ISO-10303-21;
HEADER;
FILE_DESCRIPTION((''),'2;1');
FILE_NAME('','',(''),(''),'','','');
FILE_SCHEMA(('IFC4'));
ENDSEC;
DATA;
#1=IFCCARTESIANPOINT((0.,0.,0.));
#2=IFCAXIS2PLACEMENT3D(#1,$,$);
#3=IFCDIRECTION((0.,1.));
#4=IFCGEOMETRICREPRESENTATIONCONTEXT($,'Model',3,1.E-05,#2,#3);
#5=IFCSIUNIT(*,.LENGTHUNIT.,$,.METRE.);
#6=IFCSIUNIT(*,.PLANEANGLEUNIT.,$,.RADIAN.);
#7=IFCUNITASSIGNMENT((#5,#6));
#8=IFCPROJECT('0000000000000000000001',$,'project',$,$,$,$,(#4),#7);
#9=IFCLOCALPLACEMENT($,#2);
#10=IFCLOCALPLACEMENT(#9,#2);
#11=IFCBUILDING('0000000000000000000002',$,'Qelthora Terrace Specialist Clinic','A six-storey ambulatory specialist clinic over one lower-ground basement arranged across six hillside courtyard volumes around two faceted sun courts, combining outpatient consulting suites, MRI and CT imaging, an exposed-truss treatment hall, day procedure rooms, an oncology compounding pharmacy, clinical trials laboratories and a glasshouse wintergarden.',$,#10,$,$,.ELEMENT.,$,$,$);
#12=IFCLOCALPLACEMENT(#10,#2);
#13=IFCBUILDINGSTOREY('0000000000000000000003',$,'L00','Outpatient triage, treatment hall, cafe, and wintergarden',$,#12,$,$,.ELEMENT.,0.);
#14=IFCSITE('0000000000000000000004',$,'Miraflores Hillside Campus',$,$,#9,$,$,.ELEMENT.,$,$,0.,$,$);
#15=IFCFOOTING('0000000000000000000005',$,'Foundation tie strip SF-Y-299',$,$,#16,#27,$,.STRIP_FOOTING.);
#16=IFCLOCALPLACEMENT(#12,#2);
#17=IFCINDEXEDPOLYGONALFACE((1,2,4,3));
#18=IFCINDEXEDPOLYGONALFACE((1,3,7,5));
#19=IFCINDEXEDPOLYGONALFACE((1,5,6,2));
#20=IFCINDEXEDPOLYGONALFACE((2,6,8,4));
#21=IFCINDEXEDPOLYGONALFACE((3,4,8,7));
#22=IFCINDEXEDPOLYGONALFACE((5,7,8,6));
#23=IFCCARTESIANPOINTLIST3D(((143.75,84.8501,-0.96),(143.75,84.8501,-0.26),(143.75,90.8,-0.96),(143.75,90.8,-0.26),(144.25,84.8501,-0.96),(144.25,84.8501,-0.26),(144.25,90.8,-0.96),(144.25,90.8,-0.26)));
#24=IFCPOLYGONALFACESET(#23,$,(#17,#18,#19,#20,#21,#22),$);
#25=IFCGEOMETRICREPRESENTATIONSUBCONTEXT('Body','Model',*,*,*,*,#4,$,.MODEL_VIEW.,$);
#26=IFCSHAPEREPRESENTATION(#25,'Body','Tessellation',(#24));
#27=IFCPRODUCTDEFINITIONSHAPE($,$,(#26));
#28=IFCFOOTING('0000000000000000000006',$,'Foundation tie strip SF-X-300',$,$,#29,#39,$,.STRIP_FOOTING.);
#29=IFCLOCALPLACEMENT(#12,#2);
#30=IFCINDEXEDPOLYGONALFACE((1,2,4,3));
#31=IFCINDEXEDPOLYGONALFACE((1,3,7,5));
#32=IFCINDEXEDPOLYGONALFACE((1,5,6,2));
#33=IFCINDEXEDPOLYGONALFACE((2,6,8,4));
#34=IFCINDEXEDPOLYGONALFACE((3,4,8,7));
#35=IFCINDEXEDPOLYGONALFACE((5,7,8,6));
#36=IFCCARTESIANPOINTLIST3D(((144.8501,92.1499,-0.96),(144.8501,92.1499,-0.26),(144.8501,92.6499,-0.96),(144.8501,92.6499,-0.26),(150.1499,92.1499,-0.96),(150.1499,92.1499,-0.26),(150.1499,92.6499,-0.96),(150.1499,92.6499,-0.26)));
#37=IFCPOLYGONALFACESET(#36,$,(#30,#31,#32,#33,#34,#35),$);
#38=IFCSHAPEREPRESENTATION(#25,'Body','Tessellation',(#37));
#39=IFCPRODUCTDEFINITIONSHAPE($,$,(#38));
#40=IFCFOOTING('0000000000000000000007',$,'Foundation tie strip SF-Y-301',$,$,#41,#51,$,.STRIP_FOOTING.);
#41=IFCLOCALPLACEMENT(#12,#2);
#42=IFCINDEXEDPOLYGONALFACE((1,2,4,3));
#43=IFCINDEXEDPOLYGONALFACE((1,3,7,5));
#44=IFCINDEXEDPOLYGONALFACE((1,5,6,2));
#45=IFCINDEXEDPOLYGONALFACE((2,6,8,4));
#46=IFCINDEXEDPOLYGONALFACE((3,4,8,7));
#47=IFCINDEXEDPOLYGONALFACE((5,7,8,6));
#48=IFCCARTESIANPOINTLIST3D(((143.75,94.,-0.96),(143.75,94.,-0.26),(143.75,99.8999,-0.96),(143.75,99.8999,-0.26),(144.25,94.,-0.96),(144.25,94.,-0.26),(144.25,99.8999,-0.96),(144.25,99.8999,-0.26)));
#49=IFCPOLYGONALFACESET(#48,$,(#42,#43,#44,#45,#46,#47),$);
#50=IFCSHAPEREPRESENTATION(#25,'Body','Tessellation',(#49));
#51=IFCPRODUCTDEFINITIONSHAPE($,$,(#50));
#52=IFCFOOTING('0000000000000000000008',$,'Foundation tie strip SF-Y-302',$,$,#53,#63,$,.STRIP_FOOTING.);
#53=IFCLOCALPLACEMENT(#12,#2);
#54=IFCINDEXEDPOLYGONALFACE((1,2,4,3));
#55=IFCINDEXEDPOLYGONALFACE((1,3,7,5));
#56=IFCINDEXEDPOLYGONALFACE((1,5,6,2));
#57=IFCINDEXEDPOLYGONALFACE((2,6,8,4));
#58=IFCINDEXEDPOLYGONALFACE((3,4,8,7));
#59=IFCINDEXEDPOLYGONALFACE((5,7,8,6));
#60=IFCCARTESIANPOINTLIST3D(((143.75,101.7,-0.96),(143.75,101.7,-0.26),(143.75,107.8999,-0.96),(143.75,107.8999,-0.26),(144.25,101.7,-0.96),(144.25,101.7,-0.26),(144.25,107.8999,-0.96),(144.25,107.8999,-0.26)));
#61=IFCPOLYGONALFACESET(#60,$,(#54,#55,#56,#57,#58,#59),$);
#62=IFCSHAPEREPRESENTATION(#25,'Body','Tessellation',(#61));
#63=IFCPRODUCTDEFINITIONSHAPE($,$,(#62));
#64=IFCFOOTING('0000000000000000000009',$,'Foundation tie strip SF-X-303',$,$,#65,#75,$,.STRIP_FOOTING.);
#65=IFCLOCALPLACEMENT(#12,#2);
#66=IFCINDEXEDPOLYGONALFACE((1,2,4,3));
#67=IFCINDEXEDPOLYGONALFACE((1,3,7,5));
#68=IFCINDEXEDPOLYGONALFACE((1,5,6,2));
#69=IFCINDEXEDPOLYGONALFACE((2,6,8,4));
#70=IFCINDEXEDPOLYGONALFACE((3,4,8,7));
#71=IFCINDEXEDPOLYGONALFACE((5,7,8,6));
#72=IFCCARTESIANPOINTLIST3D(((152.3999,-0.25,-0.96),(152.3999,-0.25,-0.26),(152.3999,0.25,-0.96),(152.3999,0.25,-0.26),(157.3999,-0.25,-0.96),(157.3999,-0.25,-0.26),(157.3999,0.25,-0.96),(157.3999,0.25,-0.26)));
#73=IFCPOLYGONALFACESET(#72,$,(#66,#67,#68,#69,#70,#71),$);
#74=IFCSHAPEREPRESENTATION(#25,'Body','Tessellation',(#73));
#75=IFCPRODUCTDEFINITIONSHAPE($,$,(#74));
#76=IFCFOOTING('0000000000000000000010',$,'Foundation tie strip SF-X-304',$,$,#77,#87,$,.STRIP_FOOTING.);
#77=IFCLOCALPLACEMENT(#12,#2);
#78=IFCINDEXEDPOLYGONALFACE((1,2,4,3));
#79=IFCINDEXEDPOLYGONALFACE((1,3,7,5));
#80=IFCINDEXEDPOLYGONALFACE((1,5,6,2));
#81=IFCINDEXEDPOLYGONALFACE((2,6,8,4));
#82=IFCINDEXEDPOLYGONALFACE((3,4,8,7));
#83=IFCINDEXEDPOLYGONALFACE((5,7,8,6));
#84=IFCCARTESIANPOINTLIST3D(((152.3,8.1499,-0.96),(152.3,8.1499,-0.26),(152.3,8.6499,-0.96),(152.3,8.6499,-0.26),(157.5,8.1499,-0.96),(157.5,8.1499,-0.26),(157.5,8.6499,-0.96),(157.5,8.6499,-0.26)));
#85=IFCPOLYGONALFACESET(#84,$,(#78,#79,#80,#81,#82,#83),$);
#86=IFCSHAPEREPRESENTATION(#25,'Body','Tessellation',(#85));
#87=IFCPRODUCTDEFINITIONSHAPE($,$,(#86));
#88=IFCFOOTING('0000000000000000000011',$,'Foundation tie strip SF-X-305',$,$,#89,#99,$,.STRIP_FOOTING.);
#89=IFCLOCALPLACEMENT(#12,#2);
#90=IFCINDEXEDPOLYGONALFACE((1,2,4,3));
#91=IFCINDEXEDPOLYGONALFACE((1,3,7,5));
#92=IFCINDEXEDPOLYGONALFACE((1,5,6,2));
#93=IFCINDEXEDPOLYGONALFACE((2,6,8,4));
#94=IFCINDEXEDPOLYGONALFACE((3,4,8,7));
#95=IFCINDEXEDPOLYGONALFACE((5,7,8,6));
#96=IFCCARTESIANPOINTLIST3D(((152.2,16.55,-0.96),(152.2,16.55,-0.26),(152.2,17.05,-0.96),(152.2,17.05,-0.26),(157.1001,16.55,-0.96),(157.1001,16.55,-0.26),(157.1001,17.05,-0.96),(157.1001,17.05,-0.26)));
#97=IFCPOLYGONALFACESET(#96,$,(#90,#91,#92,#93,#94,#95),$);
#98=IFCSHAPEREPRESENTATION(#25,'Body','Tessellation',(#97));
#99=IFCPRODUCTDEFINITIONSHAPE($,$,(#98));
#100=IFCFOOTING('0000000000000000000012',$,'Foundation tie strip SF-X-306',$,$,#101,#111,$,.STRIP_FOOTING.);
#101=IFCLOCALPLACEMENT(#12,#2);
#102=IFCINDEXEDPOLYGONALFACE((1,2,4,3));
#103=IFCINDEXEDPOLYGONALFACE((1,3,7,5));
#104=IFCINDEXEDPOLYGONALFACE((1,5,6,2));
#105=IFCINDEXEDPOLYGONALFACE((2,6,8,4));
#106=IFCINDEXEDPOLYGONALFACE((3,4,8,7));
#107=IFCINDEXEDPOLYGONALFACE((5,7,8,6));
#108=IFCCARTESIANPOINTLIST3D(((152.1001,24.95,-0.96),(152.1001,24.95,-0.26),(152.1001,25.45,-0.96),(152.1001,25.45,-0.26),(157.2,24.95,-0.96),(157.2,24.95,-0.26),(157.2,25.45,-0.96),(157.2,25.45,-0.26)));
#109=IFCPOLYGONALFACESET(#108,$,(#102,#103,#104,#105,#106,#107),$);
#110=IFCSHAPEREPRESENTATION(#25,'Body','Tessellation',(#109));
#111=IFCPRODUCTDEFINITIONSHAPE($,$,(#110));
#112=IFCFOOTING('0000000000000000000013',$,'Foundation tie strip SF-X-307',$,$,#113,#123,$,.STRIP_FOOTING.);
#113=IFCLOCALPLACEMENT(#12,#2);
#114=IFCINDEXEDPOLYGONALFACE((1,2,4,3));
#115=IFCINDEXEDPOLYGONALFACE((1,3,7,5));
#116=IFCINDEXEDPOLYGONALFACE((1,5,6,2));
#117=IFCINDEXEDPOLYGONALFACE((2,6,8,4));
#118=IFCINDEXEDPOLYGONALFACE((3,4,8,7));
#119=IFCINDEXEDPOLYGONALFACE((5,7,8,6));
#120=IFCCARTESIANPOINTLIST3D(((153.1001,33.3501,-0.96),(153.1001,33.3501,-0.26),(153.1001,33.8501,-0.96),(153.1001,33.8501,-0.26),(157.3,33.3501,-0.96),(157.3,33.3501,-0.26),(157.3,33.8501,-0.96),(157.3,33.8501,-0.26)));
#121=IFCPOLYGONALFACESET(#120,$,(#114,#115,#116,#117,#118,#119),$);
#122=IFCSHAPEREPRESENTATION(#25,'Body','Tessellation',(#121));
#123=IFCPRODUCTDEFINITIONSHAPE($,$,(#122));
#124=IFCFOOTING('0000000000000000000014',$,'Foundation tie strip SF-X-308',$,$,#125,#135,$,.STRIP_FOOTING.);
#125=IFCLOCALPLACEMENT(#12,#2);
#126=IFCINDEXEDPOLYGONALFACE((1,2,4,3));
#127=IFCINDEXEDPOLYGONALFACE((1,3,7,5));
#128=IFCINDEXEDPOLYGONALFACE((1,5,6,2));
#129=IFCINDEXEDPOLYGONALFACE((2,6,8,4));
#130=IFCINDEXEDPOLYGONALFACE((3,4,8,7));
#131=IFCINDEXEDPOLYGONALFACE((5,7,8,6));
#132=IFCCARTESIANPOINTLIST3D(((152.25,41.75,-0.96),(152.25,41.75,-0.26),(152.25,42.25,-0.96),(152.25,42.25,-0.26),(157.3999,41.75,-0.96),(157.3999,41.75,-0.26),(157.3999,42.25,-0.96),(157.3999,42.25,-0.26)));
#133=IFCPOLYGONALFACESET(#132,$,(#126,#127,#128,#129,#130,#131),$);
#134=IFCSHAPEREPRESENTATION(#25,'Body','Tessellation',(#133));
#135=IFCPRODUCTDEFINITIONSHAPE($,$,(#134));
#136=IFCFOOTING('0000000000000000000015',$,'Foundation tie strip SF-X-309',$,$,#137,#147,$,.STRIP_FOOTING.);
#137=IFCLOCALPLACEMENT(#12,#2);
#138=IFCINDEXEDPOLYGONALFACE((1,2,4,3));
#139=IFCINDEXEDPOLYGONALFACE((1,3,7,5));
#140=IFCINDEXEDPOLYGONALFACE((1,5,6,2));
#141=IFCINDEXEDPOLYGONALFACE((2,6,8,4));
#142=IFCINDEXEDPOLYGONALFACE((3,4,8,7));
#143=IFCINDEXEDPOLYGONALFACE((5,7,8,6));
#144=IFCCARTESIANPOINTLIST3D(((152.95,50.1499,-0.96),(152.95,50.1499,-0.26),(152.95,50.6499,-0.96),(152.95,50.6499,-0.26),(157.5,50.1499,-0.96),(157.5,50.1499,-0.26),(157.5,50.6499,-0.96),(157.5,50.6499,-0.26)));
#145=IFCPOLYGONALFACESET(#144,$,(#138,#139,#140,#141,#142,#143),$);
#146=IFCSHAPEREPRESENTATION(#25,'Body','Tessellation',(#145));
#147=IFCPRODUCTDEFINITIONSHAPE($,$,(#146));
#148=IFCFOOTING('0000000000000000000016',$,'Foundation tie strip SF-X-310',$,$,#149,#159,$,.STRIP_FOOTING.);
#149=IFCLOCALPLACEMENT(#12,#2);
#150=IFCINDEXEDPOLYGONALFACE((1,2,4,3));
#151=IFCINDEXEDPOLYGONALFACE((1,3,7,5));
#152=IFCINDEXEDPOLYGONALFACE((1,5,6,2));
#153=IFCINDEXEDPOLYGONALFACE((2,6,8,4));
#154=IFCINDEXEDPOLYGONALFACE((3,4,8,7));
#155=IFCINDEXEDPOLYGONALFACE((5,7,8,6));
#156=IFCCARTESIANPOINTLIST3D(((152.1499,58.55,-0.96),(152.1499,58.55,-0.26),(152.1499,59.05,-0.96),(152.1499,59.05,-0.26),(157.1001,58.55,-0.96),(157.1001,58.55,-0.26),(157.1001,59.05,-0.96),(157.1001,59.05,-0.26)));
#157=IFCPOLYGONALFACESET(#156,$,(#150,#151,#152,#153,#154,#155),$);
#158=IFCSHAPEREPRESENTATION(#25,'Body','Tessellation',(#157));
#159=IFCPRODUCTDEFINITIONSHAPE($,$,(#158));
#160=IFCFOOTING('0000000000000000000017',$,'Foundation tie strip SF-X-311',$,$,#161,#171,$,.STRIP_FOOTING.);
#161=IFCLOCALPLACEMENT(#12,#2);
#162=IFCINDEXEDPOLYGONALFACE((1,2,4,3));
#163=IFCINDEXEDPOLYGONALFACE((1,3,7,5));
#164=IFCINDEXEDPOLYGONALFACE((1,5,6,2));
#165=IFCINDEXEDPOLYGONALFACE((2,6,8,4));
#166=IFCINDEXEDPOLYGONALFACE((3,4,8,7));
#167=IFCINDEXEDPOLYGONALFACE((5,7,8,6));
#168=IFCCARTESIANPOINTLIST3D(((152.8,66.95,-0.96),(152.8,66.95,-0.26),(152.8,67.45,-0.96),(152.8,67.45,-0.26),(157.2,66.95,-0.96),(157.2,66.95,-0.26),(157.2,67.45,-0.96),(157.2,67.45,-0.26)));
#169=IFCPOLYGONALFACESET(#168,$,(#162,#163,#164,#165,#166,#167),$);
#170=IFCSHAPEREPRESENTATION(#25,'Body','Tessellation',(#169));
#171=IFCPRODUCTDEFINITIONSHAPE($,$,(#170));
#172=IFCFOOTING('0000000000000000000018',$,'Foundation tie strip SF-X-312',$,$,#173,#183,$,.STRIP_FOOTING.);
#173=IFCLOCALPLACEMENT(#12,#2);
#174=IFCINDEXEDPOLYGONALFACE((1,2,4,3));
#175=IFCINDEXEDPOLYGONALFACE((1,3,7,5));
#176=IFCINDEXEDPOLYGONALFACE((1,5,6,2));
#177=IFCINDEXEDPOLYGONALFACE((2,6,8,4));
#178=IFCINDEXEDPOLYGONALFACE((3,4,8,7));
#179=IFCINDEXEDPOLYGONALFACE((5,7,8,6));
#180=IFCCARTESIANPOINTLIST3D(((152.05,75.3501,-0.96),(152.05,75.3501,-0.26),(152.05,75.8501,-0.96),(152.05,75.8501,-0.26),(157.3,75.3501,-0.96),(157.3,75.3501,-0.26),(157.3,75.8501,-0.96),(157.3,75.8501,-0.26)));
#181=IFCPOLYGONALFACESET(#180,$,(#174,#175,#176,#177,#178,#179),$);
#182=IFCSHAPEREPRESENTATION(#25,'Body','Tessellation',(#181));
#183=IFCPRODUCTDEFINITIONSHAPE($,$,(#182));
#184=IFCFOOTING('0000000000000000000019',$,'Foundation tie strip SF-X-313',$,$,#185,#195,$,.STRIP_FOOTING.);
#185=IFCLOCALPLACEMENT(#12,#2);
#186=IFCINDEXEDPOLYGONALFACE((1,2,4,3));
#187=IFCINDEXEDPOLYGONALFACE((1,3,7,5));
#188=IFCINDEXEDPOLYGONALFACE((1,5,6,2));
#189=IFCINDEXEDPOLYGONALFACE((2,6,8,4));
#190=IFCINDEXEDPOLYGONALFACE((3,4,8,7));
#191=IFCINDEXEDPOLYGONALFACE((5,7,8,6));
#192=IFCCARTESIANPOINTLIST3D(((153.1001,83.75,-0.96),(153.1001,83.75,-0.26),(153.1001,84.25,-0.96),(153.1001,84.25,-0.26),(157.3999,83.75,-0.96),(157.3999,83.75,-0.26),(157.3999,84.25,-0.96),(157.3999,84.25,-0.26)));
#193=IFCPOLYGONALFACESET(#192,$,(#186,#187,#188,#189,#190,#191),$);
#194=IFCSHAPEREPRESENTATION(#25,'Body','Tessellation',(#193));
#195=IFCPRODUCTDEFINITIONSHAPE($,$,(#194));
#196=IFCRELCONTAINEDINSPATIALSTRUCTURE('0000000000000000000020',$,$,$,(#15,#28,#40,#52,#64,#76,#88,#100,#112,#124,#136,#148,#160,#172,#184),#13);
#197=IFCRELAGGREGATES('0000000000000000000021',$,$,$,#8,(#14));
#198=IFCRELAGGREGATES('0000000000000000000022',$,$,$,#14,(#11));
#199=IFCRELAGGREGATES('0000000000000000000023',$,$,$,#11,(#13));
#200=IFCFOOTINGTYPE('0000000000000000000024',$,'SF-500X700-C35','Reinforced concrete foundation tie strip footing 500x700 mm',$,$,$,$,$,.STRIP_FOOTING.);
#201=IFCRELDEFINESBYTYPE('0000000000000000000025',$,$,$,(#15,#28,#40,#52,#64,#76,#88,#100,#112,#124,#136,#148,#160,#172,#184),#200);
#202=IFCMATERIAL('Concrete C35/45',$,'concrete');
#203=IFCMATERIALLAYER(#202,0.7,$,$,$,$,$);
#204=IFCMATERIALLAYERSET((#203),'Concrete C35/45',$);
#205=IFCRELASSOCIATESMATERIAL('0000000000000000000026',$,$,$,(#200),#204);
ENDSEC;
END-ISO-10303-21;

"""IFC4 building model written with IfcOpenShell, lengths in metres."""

from ifc_helpers import new_model, si_unit, direction, frame, origin, place, context, subcontext, project, spatial, polyline, outline, extrude, material, layer, layer_set, type_object, element, save


model = new_model("IFC4")

# Units and contexts
model_context = context("Model", 3, precision=1e-05, world=origin(), true_north=direction((0.0, 1.0)))
body_context = subcontext(model_context, "Body", "Model", "MODEL_VIEW")
ifc_project = project(units=[si_unit("LENGTHUNIT", "METRE"), si_unit("PLANEANGLEUNIT", "RADIAN")], contexts=[model_context])

# Site, building, storey
site_placement = place(None, origin())
site = spatial("IfcSite", under=ifc_project, at=site_placement, Name="Miraflores Hillside Campus", CompositionType="ELEMENT", RefElevation=0.0)
building_placement = place(site_placement, origin())
building = spatial("IfcBuilding", under=site, at=building_placement, Name="Qelthora Terrace Specialist Clinic", Description="A six-storey ambulatory specialist clinic over one lower-ground basement arranged across six hillside courtyard volumes around two faceted sun courts, combining outpatient consulting suites, MRI and CT imaging, an exposed-truss treatment hall, day procedure rooms, an oncology compounding pharmacy, clinical trials laboratories and a glasshouse wintergarden.", CompositionType="ELEMENT")
storey_placement = place(building_placement, origin())
storey = spatial("IfcBuildingStorey", under=building, at=storey_placement, Name="L00", Description="Outpatient triage, treatment hall, cafe, and wintergarden", CompositionType="ELEMENT", Elevation=0.0)

# Footings
ifc_material = material(Name="Concrete C35/45", Category="concrete")
ifc_layer_1 = layer(ifc_material, 0.7)
ifc_layer_set_1 = layer_set([ifc_layer_1], Name="Concrete C35/45")
footing_type_1 = type_object("IfcFootingType", Name="SF-500X700-C35", Description="Reinforced concrete foundation tie strip footing 500x700 mm", PredefinedType="STRIP_FOOTING", material=ifc_layer_set_1)
footing_1_placement = place(storey_placement, frame((0.0, 0.0, -0.96)))
element("IfcFooting", 1, at=footing_1_placement, inside=storey, type_object=footing_type_1, Name="Foundation tie strip SF-Y-299", PredefinedType="STRIP_FOOTING", context=body_context, shape_type="SweptSolid", body=[
    extrude(outline(polyline([(143.75, 84.8501), (144.25, 84.8501), (144.25, 90.8), (143.75, 90.8), (143.75, 84.8501)])), origin(), (0.0, 0.0, 1.0), 0.7),
])
footing_2_placement = place(storey_placement, frame((0.0, 0.0, -0.96)))
element("IfcFooting", 2, at=footing_2_placement, inside=storey, type_object=footing_type_1, Name="Foundation tie strip SF-X-300", PredefinedType="STRIP_FOOTING", context=body_context, shape_type="SweptSolid", body=[
    extrude(outline(polyline([(144.8501, 92.1499), (150.1499, 92.1499), (150.1499, 92.6499), (144.8501, 92.6499), (144.8501, 92.1499)])), origin(), (0.0, 0.0, 1.0), 0.7),
])
footing_3_placement = place(storey_placement, frame((0.0, 0.0, -0.96)))
element("IfcFooting", 3, at=footing_3_placement, inside=storey, type_object=footing_type_1, Name="Foundation tie strip SF-Y-301", PredefinedType="STRIP_FOOTING", context=body_context, shape_type="SweptSolid", body=[
    extrude(outline(polyline([(143.75, 94.0), (144.25, 94.0), (144.25, 99.8999), (143.75, 99.8999), (143.75, 94.0)])), origin(), (0.0, 0.0, 1.0), 0.7),
])
footing_4_placement = place(storey_placement, frame((0.0, 0.0, -0.96)))
element("IfcFooting", 4, at=footing_4_placement, inside=storey, type_object=footing_type_1, Name="Foundation tie strip SF-Y-302", PredefinedType="STRIP_FOOTING", context=body_context, shape_type="SweptSolid", body=[
    extrude(outline(polyline([(143.75, 101.7), (144.25, 101.7), (144.25, 107.8999), (143.75, 107.8999), (143.75, 101.7)])), origin(), (0.0, 0.0, 1.0), 0.7),
])
footing_5_placement = place(storey_placement, frame((0.0, 0.0, -0.96)))
element("IfcFooting", 5, at=footing_5_placement, inside=storey, type_object=footing_type_1, Name="Foundation tie strip SF-X-303", PredefinedType="STRIP_FOOTING", context=body_context, shape_type="SweptSolid", body=[
    extrude(outline(polyline([(152.3999, -0.25), (157.3999, -0.25), (157.3999, 0.25), (152.3999, 0.25), (152.3999, -0.25)])), origin(), (0.0, 0.0, 1.0), 0.7),
])
footing_6_placement = place(storey_placement, frame((0.0, 0.0, -0.96)))
element("IfcFooting", 6, at=footing_6_placement, inside=storey, type_object=footing_type_1, Name="Foundation tie strip SF-X-304", PredefinedType="STRIP_FOOTING", context=body_context, shape_type="SweptSolid", body=[
    extrude(outline(polyline([(152.3, 8.1499), (157.5, 8.1499), (157.5, 8.6499), (152.3, 8.6499), (152.3, 8.1499)])), origin(), (0.0, 0.0, 1.0), 0.7),
])
footing_7_placement = place(storey_placement, frame((0.0, 0.0, -0.96)))
element("IfcFooting", 7, at=footing_7_placement, inside=storey, type_object=footing_type_1, Name="Foundation tie strip SF-X-305", PredefinedType="STRIP_FOOTING", context=body_context, shape_type="SweptSolid", body=[
    extrude(outline(polyline([(152.2, 16.55), (157.1001, 16.55), (157.1001, 17.05), (152.2, 17.05), (152.2, 16.55)])), origin(), (0.0, 0.0, 1.0), 0.7),
])
footing_8_placement = place(storey_placement, frame((0.0, 0.0, -0.96)))
element("IfcFooting", 8, at=footing_8_placement, inside=storey, type_object=footing_type_1, Name="Foundation tie strip SF-X-306", PredefinedType="STRIP_FOOTING", context=body_context, shape_type="SweptSolid", body=[
    extrude(outline(polyline([(152.1001, 24.95), (157.2, 24.95), (157.2, 25.45), (152.1001, 25.45), (152.1001, 24.95)])), origin(), (0.0, 0.0, 1.0), 0.7),
])
footing_9_placement = place(storey_placement, frame((0.0, 0.0, -0.96)))
element("IfcFooting", 9, at=footing_9_placement, inside=storey, type_object=footing_type_1, Name="Foundation tie strip SF-X-307", PredefinedType="STRIP_FOOTING", context=body_context, shape_type="SweptSolid", body=[
    extrude(outline(polyline([(153.1001, 33.3501), (157.3, 33.3501), (157.3, 33.8501), (153.1001, 33.8501), (153.1001, 33.3501)])), origin(), (0.0, 0.0, 1.0), 0.7),
])
footing_10_placement = place(storey_placement, frame((0.0, 0.0, -0.96)))
element("IfcFooting", 10, at=footing_10_placement, inside=storey, type_object=footing_type_1, Name="Foundation tie strip SF-X-308", PredefinedType="STRIP_FOOTING", context=body_context, shape_type="SweptSolid", body=[
    extrude(outline(polyline([(152.25, 41.75), (157.3999, 41.75), (157.3999, 42.25), (152.25, 42.25), (152.25, 41.75)])), origin(), (0.0, 0.0, 1.0), 0.7),
])
footing_11_placement = place(storey_placement, frame((0.0, 0.0, -0.96)))
element("IfcFooting", 11, at=footing_11_placement, inside=storey, type_object=footing_type_1, Name="Foundation tie strip SF-X-309", PredefinedType="STRIP_FOOTING", context=body_context, shape_type="SweptSolid", body=[
    extrude(outline(polyline([(152.95, 50.1499), (157.5, 50.1499), (157.5, 50.6499), (152.95, 50.6499), (152.95, 50.1499)])), origin(), (0.0, 0.0, 1.0), 0.7),
])
footing_12_placement = place(storey_placement, frame((0.0, 0.0, -0.96)))
element("IfcFooting", 12, at=footing_12_placement, inside=storey, type_object=footing_type_1, Name="Foundation tie strip SF-X-310", PredefinedType="STRIP_FOOTING", context=body_context, shape_type="SweptSolid", body=[
    extrude(outline(polyline([(152.1499, 58.55), (157.1001, 58.55), (157.1001, 59.05), (152.1499, 59.05), (152.1499, 58.55)])), origin(), (0.0, 0.0, 1.0), 0.7),
])
footing_13_placement = place(storey_placement, frame((0.0, 0.0, -0.96)))
element("IfcFooting", 13, at=footing_13_placement, inside=storey, type_object=footing_type_1, Name="Foundation tie strip SF-X-311", PredefinedType="STRIP_FOOTING", context=body_context, shape_type="SweptSolid", body=[
    extrude(outline(polyline([(152.8, 66.95), (157.2, 66.95), (157.2, 67.45), (152.8, 67.45), (152.8, 66.95)])), origin(), (0.0, 0.0, 1.0), 0.7),
])
footing_14_placement = place(storey_placement, frame((0.0, 0.0, -0.96)))
element("IfcFooting", 14, at=footing_14_placement, inside=storey, type_object=footing_type_1, Name="Foundation tie strip SF-X-312", PredefinedType="STRIP_FOOTING", context=body_context, shape_type="SweptSolid", body=[
    extrude(outline(polyline([(152.05, 75.3501), (157.3, 75.3501), (157.3, 75.8501), (152.05, 75.8501), (152.05, 75.3501)])), origin(), (0.0, 0.0, 1.0), 0.7),
])
footing_15_placement = place(storey_placement, frame((0.0, 0.0, -0.96)))
element("IfcFooting", 15, at=footing_15_placement, inside=storey, type_object=footing_type_1, Name="Foundation tie strip SF-X-313", PredefinedType="STRIP_FOOTING", context=body_context, shape_type="SweptSolid", body=[
    extrude(outline(polyline([(153.1001, 83.75), (157.3999, 83.75), (157.3999, 84.25), (153.1001, 84.25), (153.1001, 83.75)])), origin(), (0.0, 0.0, 1.0), 0.7),
])

save(model, "model.ifc")
